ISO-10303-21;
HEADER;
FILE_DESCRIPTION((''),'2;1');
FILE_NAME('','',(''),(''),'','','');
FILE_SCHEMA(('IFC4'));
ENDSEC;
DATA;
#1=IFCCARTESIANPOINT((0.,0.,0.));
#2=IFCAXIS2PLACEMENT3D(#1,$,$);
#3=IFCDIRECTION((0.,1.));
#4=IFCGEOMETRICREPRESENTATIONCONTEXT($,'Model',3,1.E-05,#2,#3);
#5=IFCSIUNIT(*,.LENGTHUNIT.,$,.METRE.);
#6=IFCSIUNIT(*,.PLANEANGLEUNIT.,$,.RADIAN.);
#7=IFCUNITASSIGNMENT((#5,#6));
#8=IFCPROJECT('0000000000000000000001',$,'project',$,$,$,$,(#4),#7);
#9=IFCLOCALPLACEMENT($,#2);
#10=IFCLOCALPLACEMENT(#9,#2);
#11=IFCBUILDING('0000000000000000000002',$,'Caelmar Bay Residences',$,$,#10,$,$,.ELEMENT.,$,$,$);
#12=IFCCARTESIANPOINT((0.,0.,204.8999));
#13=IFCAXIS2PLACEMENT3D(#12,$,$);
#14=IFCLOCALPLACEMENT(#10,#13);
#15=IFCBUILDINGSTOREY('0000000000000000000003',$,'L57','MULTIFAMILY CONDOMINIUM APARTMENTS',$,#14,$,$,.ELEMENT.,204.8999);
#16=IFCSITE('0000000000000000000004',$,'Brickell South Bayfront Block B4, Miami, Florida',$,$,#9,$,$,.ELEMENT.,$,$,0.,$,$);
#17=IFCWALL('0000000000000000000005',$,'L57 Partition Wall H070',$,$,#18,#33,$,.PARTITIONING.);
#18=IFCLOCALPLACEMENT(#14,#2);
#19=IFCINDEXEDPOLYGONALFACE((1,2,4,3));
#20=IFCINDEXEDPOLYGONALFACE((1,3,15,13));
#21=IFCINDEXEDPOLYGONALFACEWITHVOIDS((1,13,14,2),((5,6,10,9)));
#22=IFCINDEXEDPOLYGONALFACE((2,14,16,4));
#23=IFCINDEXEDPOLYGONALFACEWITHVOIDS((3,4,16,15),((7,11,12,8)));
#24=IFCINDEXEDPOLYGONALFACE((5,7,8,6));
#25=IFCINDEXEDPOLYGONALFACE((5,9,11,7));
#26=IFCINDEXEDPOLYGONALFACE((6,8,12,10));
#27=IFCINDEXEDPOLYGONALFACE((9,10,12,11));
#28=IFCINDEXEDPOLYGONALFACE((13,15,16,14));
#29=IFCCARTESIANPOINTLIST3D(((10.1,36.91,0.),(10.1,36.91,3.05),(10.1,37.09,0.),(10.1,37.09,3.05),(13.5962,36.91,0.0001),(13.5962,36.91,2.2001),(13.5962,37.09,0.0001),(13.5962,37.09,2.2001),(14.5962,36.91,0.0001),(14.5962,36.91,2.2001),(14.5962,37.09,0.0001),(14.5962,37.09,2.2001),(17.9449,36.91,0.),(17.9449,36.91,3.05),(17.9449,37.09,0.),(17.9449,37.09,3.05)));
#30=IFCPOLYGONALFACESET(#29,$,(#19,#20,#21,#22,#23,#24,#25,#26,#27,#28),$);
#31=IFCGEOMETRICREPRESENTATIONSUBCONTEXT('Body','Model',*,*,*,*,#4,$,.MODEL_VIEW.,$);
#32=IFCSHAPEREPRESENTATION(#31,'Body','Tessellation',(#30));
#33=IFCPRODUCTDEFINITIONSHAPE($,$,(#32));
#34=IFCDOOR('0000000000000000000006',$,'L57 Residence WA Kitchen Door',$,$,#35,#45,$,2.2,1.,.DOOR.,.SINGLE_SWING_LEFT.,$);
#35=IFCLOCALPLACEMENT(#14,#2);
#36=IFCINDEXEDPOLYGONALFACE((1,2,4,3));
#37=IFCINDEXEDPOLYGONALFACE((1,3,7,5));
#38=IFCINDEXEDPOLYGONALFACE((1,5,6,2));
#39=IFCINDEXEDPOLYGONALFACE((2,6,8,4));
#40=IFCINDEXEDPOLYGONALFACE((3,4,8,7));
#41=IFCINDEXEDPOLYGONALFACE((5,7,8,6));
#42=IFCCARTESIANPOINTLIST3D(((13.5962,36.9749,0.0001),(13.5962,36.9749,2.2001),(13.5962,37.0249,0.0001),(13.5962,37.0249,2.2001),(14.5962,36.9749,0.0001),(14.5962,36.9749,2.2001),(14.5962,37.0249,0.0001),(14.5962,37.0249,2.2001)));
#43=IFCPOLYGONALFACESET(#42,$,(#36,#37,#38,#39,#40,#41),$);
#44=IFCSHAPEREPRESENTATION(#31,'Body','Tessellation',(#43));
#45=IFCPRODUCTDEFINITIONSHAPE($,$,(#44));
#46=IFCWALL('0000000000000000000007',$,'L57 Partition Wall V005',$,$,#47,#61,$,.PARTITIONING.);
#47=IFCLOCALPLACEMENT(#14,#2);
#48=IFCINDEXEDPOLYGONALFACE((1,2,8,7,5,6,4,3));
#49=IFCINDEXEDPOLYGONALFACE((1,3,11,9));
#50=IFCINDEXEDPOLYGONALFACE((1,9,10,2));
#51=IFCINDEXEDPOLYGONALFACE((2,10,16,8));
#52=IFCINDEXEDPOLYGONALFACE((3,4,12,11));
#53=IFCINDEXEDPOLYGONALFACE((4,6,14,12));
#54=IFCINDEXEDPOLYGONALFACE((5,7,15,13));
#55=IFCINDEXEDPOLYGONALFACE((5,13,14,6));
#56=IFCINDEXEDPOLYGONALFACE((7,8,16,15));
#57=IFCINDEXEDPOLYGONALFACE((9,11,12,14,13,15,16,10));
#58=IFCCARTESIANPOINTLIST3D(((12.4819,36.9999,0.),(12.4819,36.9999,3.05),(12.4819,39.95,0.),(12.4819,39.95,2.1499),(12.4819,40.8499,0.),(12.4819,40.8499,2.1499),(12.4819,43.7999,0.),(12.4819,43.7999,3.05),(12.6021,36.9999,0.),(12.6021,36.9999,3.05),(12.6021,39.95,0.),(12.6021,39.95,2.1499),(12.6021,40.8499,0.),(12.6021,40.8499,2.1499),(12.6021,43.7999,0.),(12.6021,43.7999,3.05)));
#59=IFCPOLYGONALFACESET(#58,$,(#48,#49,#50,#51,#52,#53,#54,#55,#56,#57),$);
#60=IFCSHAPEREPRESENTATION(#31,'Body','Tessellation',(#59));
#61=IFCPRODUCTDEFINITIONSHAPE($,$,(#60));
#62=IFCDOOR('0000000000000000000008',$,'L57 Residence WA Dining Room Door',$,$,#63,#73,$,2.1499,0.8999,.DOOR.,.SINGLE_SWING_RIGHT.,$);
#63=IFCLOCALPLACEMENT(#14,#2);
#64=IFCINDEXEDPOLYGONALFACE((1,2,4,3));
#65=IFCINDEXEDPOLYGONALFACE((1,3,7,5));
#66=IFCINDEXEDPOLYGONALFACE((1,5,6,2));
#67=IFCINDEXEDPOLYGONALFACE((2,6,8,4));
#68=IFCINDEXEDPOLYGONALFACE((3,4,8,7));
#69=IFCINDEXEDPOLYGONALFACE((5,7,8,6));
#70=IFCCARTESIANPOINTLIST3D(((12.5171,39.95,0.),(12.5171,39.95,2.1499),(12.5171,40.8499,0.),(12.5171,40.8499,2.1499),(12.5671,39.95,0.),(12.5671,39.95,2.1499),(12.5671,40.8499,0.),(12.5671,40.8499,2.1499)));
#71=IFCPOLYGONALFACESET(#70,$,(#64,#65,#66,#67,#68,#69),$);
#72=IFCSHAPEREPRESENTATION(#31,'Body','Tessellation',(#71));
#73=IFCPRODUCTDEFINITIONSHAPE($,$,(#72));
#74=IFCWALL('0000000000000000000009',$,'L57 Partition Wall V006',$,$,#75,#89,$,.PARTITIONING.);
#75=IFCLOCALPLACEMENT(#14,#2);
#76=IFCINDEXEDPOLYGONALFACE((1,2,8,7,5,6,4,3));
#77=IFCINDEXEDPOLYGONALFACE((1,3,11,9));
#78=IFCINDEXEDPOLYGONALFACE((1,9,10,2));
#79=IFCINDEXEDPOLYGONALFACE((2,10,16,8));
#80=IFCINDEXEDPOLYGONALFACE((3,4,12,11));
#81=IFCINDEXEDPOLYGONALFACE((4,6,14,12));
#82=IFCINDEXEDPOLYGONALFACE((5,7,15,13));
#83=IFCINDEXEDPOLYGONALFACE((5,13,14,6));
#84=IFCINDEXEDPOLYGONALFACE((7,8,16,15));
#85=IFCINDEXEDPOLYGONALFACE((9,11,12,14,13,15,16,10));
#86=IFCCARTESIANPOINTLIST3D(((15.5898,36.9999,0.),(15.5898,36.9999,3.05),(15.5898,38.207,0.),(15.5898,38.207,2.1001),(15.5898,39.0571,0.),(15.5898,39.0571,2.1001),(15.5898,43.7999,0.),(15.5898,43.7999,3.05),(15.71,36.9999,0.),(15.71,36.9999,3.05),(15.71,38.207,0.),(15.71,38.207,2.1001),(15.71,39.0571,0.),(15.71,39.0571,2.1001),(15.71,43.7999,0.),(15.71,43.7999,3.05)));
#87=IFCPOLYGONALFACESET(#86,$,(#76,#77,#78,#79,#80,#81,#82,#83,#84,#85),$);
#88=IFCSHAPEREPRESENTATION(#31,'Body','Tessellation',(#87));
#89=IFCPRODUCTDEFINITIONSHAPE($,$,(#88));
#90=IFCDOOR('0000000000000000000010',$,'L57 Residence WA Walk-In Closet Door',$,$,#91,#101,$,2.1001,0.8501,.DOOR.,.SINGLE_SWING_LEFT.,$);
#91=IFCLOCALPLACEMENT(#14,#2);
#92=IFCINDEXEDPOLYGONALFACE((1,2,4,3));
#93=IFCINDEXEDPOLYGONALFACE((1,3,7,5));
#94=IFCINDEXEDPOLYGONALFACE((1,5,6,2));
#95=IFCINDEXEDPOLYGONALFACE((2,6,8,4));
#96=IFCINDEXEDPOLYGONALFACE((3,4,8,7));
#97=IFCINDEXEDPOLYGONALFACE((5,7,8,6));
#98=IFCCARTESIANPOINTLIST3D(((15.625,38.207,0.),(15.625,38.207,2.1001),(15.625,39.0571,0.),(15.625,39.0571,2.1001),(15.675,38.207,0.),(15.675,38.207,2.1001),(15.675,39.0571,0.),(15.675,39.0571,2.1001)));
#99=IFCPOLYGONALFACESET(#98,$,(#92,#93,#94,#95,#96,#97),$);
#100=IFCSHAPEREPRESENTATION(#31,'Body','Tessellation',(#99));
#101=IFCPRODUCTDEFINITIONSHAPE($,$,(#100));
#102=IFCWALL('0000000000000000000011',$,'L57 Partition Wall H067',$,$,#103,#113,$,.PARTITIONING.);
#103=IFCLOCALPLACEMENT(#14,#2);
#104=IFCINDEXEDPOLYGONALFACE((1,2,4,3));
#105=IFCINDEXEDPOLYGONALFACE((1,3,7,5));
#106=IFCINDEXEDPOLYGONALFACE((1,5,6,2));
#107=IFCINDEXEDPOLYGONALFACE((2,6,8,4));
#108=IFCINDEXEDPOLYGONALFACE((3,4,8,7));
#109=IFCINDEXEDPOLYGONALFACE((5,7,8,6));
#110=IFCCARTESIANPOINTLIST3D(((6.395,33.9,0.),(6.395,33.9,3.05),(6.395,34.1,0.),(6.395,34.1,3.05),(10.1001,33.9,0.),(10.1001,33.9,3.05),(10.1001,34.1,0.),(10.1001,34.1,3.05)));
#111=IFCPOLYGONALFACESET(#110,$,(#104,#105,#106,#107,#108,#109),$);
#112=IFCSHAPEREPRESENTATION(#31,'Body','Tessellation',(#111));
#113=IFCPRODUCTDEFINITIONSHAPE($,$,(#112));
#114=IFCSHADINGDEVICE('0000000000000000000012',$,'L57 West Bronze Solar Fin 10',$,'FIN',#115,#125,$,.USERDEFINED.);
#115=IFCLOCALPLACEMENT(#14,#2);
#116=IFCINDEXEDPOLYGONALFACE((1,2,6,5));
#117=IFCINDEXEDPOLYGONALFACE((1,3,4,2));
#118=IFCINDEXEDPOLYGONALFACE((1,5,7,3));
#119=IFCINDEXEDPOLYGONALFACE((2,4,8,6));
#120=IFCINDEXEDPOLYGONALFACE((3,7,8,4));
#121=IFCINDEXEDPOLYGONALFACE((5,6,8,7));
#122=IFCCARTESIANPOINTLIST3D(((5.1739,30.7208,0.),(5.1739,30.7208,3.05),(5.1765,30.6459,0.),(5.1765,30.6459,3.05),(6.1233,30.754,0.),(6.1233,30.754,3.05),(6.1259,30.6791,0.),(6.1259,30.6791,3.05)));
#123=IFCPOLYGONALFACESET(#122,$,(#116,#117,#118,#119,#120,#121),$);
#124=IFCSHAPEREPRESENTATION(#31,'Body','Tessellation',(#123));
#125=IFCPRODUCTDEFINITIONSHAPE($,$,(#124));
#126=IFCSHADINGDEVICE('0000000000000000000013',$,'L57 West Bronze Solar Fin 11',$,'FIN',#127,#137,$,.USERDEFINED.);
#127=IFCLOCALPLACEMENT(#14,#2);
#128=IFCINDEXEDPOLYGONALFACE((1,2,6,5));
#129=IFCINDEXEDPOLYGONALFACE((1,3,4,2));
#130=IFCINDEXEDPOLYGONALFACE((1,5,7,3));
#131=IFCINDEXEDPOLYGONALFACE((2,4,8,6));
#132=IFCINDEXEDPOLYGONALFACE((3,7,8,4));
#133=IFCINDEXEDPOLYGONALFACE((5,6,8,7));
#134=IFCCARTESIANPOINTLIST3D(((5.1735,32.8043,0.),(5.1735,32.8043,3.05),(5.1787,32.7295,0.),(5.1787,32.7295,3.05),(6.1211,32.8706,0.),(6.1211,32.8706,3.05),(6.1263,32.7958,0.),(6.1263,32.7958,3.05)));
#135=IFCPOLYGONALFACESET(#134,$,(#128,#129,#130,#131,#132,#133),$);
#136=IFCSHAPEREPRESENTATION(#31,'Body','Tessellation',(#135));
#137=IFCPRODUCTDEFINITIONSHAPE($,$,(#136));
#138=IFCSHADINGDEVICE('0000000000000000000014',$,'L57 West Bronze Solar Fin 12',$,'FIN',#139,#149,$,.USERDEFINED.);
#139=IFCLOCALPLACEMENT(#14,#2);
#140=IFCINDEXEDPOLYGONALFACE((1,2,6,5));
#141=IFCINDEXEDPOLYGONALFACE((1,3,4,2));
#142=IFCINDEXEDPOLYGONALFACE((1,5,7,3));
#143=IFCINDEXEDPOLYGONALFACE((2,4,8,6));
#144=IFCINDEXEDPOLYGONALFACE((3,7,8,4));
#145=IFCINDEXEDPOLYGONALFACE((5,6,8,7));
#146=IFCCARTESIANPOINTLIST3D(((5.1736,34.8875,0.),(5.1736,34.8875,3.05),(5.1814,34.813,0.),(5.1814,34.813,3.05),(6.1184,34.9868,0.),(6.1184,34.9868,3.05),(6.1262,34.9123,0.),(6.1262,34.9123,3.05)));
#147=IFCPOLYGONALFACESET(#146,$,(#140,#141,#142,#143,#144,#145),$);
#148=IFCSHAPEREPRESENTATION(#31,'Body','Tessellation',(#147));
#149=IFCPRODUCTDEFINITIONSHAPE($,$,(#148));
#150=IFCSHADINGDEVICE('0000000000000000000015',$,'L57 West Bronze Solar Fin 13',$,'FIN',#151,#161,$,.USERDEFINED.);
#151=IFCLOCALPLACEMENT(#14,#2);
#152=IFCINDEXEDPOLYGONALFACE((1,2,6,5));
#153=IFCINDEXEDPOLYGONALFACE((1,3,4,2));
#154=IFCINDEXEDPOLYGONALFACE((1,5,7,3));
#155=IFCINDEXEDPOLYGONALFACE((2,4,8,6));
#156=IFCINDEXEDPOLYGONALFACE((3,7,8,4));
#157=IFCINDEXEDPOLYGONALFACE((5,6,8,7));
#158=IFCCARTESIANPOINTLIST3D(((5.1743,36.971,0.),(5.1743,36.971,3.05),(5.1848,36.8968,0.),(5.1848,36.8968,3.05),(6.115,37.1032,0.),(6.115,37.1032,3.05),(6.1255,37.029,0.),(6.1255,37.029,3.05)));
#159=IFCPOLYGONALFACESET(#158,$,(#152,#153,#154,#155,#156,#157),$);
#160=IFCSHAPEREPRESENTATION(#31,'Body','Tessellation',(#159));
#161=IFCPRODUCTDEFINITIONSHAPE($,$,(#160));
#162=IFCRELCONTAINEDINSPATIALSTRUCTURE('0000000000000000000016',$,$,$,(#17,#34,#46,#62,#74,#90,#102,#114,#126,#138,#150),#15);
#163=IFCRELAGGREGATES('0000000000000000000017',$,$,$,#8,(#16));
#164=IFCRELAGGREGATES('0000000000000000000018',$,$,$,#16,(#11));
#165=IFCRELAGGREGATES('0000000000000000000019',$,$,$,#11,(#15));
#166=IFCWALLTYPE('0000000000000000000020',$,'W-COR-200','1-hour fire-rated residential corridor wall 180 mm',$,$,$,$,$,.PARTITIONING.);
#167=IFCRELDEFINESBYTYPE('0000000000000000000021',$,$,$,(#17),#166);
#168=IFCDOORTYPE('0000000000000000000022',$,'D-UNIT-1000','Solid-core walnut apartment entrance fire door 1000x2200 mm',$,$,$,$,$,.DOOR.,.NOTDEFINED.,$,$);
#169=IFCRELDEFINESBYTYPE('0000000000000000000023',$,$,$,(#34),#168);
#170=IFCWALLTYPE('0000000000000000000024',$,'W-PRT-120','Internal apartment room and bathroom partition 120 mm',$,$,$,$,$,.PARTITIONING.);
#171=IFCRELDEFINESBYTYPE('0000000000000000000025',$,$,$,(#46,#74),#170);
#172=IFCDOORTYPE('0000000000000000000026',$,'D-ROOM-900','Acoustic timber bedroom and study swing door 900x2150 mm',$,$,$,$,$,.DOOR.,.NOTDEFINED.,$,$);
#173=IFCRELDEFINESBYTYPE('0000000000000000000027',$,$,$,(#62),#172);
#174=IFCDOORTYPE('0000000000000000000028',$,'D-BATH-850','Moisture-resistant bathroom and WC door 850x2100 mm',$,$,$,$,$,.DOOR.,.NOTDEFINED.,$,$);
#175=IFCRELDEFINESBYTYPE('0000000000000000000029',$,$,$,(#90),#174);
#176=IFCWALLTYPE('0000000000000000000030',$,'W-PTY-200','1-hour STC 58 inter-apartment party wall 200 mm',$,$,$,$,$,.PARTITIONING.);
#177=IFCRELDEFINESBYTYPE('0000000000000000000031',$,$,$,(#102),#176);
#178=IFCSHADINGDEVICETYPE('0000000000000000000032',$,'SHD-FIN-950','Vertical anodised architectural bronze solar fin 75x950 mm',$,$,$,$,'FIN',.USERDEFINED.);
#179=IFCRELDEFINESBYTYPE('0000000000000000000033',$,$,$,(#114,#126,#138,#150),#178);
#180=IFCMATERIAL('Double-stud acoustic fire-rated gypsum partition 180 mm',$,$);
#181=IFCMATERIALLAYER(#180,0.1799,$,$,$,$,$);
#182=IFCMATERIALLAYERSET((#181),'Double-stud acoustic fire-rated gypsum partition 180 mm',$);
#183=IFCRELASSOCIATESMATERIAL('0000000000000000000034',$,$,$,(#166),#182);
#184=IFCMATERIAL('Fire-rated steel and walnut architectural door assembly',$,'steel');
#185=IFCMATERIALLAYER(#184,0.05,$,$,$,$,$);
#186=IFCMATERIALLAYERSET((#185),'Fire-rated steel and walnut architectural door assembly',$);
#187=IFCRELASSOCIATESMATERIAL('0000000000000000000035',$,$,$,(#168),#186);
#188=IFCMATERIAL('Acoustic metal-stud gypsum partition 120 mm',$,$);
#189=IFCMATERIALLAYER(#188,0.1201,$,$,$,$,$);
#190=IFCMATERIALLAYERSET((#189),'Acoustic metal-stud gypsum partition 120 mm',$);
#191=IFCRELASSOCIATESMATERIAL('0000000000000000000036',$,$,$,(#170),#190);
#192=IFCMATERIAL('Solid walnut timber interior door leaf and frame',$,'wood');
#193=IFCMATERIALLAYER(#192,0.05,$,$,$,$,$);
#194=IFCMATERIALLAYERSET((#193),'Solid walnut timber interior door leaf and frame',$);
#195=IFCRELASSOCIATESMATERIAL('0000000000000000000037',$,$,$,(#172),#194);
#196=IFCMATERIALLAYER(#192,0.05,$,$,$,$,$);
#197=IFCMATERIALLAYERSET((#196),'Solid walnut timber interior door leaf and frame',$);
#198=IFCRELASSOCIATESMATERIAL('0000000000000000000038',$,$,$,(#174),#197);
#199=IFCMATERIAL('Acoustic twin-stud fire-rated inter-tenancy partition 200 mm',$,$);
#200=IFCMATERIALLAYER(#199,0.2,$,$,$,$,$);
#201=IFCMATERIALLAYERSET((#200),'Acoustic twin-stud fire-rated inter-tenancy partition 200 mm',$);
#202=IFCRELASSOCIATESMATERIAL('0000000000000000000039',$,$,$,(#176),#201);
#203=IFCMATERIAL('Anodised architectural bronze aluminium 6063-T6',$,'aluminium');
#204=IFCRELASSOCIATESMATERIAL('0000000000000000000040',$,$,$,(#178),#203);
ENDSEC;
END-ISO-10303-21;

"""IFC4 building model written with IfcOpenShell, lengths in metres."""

from ifc_helpers import new_model, si_unit, direction, frame, frame_2d, origin, origin_2d, place, context, subcontext, project, spatial, rectangle, extrude, material, layer, layer_set, material_profile, profile_set, type_object, element, fill, save


model = new_model("IFC4")

# Units and contexts
model_context = context("Model", 3, precision=1e-05, world=origin(), true_north=direction((0.0, 1.0)))
body_context = subcontext(model_context, "Body", "Model", "MODEL_VIEW")
ifc_project = project(units=[si_unit("LENGTHUNIT", "METRE"), si_unit("PLANEANGLEUNIT", "RADIAN")], contexts=[model_context])

# Site, building, storey
site_placement = place(None, origin())
site = spatial("IfcSite", under=ifc_project, at=site_placement, Name="Brickell South Bayfront Block B4, Miami, Florida", CompositionType="ELEMENT", RefElevation=0.0)
building_placement = place(site_placement, origin())
building = spatial("IfcBuilding", under=site, at=building_placement, Name="Caelmar Bay Residences", CompositionType="ELEMENT")
storey_placement = place(building_placement, frame((0.0, 0.0, 204.8999)))
storey = spatial("IfcBuildingStorey", under=building, at=storey_placement, Name="L57", Description="MULTIFAMILY CONDOMINIUM APARTMENTS", CompositionType="ELEMENT", Elevation=204.8999)

# Shared definitions
ifc_material_1 = material(Name="Double-stud acoustic fire-rated gypsum partition 180 mm")
ifc_layer_1 = layer(ifc_material_1, 0.1799)
ifc_layer_set_1 = layer_set([ifc_layer_1], Name="Double-stud acoustic fire-rated gypsum partition 180 mm")
wall_type_1 = type_object("IfcWallType", Name="W-COR-200", Description="1-hour fire-rated residential corridor wall 180 mm", PredefinedType="PARTITIONING", material=ifc_layer_set_1)

# Shared definitions
ifc_material_2 = material(Name="Fire-rated steel and walnut architectural door assembly", Category="steel")
ifc_layer_2 = layer(ifc_material_2, 0.05)
ifc_layer_set_2 = layer_set([ifc_layer_2], Name="Fire-rated steel and walnut architectural door assembly")
door_type_1 = type_object("IfcDoorType", Name="D-UNIT-1000", Description="Solid-core walnut apartment entrance fire door 1000x2200 mm", OperationType="NOTDEFINED", PredefinedType="DOOR", material=ifc_layer_set_2)

# Walls, openings, doors
wall_1_placement = place(storey_placement, frame((10.1001, 37.0, 0.0), z_axis=(0.0, 0.0, 1.0), x_axis=(1.0, 0.0, 0.0)))
wall_1 = element("IfcWall", 1, at=wall_1_placement, inside=storey, type_object=wall_type_1, Name="L57 Partition Wall H070", PredefinedType="PARTITIONING", context=body_context, shape_type="SweptSolid", body=[
    extrude(rectangle(XDim=7.845, YDim=0.1799, at=frame_2d((3.9224, 0.0))), origin(), (0.0, 0.0, 1.0), 3.05),
])
opening_1_placement = place(wall_1_placement, frame((3.4961, 0.0, 0.0)))
opening_1 = element("IfcOpeningElement", 2, at=opening_1_placement, cuts=wall_1, PredefinedType="OPENING", context=body_context, shape_type="SweptSolid", body=[
    extrude(rectangle(XDim=1.0, YDim=2.2, at=frame_2d((0.5, 1.1001))), frame((0.0, 0.0999, 0.0), z_axis=(0.0, -1.0, 0.0), x_axis=(1.0, 0.0, 0.0)), (0.0, 0.0, 1.0), 0.2),
])
door_1_placement = place(opening_1_placement, origin())
door_1 = element("IfcDoor", 3, at=door_1_placement, inside=storey, type_object=door_type_1, Name="L57 Residence WA Kitchen Door", OperationType="SINGLE_SWING_LEFT", OverallHeight=2.2, OverallWidth=1.0, PredefinedType="DOOR", context=body_context, shape_type="SweptSolid", body=[
    extrude(rectangle(XDim=1.0, YDim=2.2, at=frame_2d((0.5, 1.1001))), frame((0.0, 0.0249, 0.0), z_axis=(0.0, -1.0, 0.0), x_axis=(1.0, 0.0, 0.0)), (0.0, 0.0, 1.0), 0.05),
])
fill(opening_1, door_1)
ifc_material_3 = material(Name="Acoustic metal-stud gypsum partition 120 mm")
ifc_layer_3 = layer(ifc_material_3, 0.1201)
ifc_layer_set_3 = layer_set([ifc_layer_3], Name="Acoustic metal-stud gypsum partition 120 mm")
wall_type_2 = type_object("IfcWallType", Name="W-PRT-120", Description="Internal apartment room and bathroom partition 120 mm", PredefinedType="PARTITIONING", material=ifc_layer_set_3)
wall_2_placement = place(storey_placement, frame((12.542, 37.0, 0.0), z_axis=(0.0, 0.0, 1.0), x_axis=(0.0, 1.0, 0.0)))
wall_2 = element("IfcWall", 4, at=wall_2_placement, inside=storey, type_object=wall_type_2, Name="L57 Partition Wall V005", PredefinedType="PARTITIONING", context=body_context, shape_type="SweptSolid", body=[
    extrude(rectangle(XDim=6.8, YDim=0.1201, at=frame_2d((3.3999, 0.0))), origin(), (0.0, 0.0, 1.0), 3.05),
])
opening_2_placement = place(wall_2_placement, frame((2.95, 0.0, 0.0)))
opening_2 = element("IfcOpeningElement", 5, at=opening_2_placement, cuts=wall_2, PredefinedType="OPENING", context=body_context, shape_type="SweptSolid", body=[
    extrude(rectangle(XDim=0.8999, YDim=2.1499, at=frame_2d((0.45, 1.075))), frame((0.0, 0.0701, 0.0), z_axis=(0.0, -1.0, 0.0), x_axis=(1.0, 0.0, 0.0)), (0.0, 0.0, 1.0), 0.1401),
])
ifc_material_4 = material(Name="Solid walnut timber interior door leaf and frame", Category="wood")
ifc_layer_4 = layer(ifc_material_4, 0.05)
ifc_layer_set_4 = layer_set([ifc_layer_4], Name="Solid walnut timber interior door leaf and frame")
door_type_2 = type_object("IfcDoorType", Name="D-ROOM-900", Description="Acoustic timber bedroom and study swing door 900x2150 mm", OperationType="NOTDEFINED", PredefinedType="DOOR", material=ifc_layer_set_4)
door_2_placement = place(opening_2_placement, origin())
door_2 = element("IfcDoor", 6, at=door_2_placement, inside=storey, type_object=door_type_2, Name="L57 Residence WA Dining Room Door", OperationType="SINGLE_SWING_RIGHT", OverallHeight=2.1499, OverallWidth=0.8999, PredefinedType="DOOR", context=body_context, shape_type="SweptSolid", body=[
    extrude(rectangle(XDim=0.8999, YDim=2.1499, at=frame_2d((0.45, 1.075))), frame((0.0, 0.0249, 0.0), z_axis=(0.0, -1.0, 0.0), x_axis=(1.0, 0.0, 0.0)), (0.0, 0.0, 1.0), 0.05),
])
fill(opening_2, door_2)
wall_3_placement = place(storey_placement, frame((15.6499, 37.0, 0.0), z_axis=(0.0, 0.0, 1.0), x_axis=(0.0, 1.0, 0.0)))
wall_3 = element("IfcWall", 7, at=wall_3_placement, inside=storey, type_object=wall_type_2, Name="L57 Partition Wall V006", PredefinedType="PARTITIONING", context=body_context, shape_type="SweptSolid", body=[
    extrude(rectangle(XDim=6.8, YDim=0.1201, at=frame_2d((3.3999, 0.0))), origin(), (0.0, 0.0, 1.0), 3.05),
])
opening_3_placement = place(wall_3_placement, frame((1.207, 0.0, 0.0)))
opening_3 = element("IfcOpeningElement", 8, at=opening_3_placement, cuts=wall_3, PredefinedType="OPENING", context=body_context, shape_type="SweptSolid", body=[
    extrude(rectangle(XDim=0.8501, YDim=2.1001, at=frame_2d((0.425, 1.05))), frame((0.0, 0.0701, 0.0), z_axis=(0.0, -1.0, 0.0), x_axis=(1.0, 0.0, 0.0)), (0.0, 0.0, 1.0), 0.1401),
])
ifc_layer_5 = layer(ifc_material_4, 0.05)
ifc_layer_set_5 = layer_set([ifc_layer_5], Name="Solid walnut timber interior door leaf and frame")
door_type_3 = type_object("IfcDoorType", Name="D-BATH-850", Description="Moisture-resistant bathroom and WC door 850x2100 mm", OperationType="NOTDEFINED", PredefinedType="DOOR", material=ifc_layer_set_5)
door_3_placement = place(opening_3_placement, origin())
door_3 = element("IfcDoor", 9, at=door_3_placement, inside=storey, type_object=door_type_3, Name="L57 Residence WA Walk-In Closet Door", OperationType="SINGLE_SWING_LEFT", OverallHeight=2.1001, OverallWidth=0.8501, PredefinedType="DOOR", context=body_context, shape_type="SweptSolid", body=[
    extrude(rectangle(XDim=0.8501, YDim=2.1001, at=frame_2d((0.425, 1.05))), frame((0.0, 0.0249, 0.0), z_axis=(0.0, -1.0, 0.0), x_axis=(1.0, 0.0, 0.0)), (0.0, 0.0, 1.0), 0.05),
])
fill(opening_3, door_3)

# Wall
ifc_material_5 = material(Name="Acoustic twin-stud fire-rated inter-tenancy partition 200 mm")
ifc_layer_6 = layer(ifc_material_5, 0.2)
ifc_layer_set_6 = layer_set([ifc_layer_6], Name="Acoustic twin-stud fire-rated inter-tenancy partition 200 mm")
wall_type_3 = type_object("IfcWallType", Name="W-PTY-200", Description="1-hour STC 58 inter-apartment party wall 200 mm", PredefinedType="PARTITIONING", material=ifc_layer_set_6)
wall_4_placement = place(storey_placement, frame((6.395, 34.0, 0.0), z_axis=(0.0, 0.0, 1.0), x_axis=(1.0, 0.0, 0.0)))
element("IfcWall", 10, at=wall_4_placement, inside=storey, type_object=wall_type_3, Name="L57 Partition Wall H067", PredefinedType="PARTITIONING", context=body_context, shape_type="SweptSolid", body=[
    extrude(rectangle(XDim=3.7051, YDim=0.2, at=frame_2d((1.8525, 0.0))), origin(), (0.0, 0.0, 1.0), 3.05),
])

# Shading devices
ifc_material_6 = material(Name="Anodised architectural bronze aluminium 6063-T6", Category="aluminium")
ifc_material_profile_1 = material_profile(ifc_material_6, rectangle(XDim=0.075, YDim=0.95, at=origin_2d()), Name="BRONZE-FIN-75X950")
ifc_profile_set_1 = profile_set([ifc_material_profile_1], Name="Anodised architectural bronze aluminium 6063-T6")
shading_device_type = type_object("IfcShadingDeviceType", Name="SHD-FIN-950", Description="Vertical anodised architectural bronze solar fin 75x950 mm", ElementType="FIN", PredefinedType="USERDEFINED", material=ifc_profile_set_1)
for number, where, z_axis, x_axis, name in (
    (11, (5.6499, 30.7, 0.0), (0.0, 0.0, 1.0), (-0.034899, 0.999391, 0.0), "L57 West Bronze Solar Fin 10"),
    (12, (5.6499, 32.8, 0.0), (0.0, 0.0, 1.0), (-0.069756, 0.997564, 0.0), "L57 West Bronze Solar Fin 11"),
    (13, (5.6499, 34.8999, 0.0), (0.0, 0.0, 1.0), (-0.104528, 0.994522, 0.0), "L57 West Bronze Solar Fin 12"),
    (14, (5.6499, 37.0, 0.0), (0.0, 0.0, 1.0), (-0.139173, 0.990268, 0.0), "L57 West Bronze Solar Fin 13"),
):
    element("IfcShadingDevice", number, at=place(storey_placement, frame(where, z_axis=z_axis, x_axis=x_axis)), inside=storey, type_object=shading_device_type, Name=name, ObjectType="FIN", PredefinedType="USERDEFINED", context=body_context, shape_type="SweptSolid", body=[
        extrude(rectangle(XDim=0.075, YDim=0.95, at=origin_2d()), origin(), (0.0, 0.0, 1.0), 3.05),
    ])

save(model, "model.ifc")
